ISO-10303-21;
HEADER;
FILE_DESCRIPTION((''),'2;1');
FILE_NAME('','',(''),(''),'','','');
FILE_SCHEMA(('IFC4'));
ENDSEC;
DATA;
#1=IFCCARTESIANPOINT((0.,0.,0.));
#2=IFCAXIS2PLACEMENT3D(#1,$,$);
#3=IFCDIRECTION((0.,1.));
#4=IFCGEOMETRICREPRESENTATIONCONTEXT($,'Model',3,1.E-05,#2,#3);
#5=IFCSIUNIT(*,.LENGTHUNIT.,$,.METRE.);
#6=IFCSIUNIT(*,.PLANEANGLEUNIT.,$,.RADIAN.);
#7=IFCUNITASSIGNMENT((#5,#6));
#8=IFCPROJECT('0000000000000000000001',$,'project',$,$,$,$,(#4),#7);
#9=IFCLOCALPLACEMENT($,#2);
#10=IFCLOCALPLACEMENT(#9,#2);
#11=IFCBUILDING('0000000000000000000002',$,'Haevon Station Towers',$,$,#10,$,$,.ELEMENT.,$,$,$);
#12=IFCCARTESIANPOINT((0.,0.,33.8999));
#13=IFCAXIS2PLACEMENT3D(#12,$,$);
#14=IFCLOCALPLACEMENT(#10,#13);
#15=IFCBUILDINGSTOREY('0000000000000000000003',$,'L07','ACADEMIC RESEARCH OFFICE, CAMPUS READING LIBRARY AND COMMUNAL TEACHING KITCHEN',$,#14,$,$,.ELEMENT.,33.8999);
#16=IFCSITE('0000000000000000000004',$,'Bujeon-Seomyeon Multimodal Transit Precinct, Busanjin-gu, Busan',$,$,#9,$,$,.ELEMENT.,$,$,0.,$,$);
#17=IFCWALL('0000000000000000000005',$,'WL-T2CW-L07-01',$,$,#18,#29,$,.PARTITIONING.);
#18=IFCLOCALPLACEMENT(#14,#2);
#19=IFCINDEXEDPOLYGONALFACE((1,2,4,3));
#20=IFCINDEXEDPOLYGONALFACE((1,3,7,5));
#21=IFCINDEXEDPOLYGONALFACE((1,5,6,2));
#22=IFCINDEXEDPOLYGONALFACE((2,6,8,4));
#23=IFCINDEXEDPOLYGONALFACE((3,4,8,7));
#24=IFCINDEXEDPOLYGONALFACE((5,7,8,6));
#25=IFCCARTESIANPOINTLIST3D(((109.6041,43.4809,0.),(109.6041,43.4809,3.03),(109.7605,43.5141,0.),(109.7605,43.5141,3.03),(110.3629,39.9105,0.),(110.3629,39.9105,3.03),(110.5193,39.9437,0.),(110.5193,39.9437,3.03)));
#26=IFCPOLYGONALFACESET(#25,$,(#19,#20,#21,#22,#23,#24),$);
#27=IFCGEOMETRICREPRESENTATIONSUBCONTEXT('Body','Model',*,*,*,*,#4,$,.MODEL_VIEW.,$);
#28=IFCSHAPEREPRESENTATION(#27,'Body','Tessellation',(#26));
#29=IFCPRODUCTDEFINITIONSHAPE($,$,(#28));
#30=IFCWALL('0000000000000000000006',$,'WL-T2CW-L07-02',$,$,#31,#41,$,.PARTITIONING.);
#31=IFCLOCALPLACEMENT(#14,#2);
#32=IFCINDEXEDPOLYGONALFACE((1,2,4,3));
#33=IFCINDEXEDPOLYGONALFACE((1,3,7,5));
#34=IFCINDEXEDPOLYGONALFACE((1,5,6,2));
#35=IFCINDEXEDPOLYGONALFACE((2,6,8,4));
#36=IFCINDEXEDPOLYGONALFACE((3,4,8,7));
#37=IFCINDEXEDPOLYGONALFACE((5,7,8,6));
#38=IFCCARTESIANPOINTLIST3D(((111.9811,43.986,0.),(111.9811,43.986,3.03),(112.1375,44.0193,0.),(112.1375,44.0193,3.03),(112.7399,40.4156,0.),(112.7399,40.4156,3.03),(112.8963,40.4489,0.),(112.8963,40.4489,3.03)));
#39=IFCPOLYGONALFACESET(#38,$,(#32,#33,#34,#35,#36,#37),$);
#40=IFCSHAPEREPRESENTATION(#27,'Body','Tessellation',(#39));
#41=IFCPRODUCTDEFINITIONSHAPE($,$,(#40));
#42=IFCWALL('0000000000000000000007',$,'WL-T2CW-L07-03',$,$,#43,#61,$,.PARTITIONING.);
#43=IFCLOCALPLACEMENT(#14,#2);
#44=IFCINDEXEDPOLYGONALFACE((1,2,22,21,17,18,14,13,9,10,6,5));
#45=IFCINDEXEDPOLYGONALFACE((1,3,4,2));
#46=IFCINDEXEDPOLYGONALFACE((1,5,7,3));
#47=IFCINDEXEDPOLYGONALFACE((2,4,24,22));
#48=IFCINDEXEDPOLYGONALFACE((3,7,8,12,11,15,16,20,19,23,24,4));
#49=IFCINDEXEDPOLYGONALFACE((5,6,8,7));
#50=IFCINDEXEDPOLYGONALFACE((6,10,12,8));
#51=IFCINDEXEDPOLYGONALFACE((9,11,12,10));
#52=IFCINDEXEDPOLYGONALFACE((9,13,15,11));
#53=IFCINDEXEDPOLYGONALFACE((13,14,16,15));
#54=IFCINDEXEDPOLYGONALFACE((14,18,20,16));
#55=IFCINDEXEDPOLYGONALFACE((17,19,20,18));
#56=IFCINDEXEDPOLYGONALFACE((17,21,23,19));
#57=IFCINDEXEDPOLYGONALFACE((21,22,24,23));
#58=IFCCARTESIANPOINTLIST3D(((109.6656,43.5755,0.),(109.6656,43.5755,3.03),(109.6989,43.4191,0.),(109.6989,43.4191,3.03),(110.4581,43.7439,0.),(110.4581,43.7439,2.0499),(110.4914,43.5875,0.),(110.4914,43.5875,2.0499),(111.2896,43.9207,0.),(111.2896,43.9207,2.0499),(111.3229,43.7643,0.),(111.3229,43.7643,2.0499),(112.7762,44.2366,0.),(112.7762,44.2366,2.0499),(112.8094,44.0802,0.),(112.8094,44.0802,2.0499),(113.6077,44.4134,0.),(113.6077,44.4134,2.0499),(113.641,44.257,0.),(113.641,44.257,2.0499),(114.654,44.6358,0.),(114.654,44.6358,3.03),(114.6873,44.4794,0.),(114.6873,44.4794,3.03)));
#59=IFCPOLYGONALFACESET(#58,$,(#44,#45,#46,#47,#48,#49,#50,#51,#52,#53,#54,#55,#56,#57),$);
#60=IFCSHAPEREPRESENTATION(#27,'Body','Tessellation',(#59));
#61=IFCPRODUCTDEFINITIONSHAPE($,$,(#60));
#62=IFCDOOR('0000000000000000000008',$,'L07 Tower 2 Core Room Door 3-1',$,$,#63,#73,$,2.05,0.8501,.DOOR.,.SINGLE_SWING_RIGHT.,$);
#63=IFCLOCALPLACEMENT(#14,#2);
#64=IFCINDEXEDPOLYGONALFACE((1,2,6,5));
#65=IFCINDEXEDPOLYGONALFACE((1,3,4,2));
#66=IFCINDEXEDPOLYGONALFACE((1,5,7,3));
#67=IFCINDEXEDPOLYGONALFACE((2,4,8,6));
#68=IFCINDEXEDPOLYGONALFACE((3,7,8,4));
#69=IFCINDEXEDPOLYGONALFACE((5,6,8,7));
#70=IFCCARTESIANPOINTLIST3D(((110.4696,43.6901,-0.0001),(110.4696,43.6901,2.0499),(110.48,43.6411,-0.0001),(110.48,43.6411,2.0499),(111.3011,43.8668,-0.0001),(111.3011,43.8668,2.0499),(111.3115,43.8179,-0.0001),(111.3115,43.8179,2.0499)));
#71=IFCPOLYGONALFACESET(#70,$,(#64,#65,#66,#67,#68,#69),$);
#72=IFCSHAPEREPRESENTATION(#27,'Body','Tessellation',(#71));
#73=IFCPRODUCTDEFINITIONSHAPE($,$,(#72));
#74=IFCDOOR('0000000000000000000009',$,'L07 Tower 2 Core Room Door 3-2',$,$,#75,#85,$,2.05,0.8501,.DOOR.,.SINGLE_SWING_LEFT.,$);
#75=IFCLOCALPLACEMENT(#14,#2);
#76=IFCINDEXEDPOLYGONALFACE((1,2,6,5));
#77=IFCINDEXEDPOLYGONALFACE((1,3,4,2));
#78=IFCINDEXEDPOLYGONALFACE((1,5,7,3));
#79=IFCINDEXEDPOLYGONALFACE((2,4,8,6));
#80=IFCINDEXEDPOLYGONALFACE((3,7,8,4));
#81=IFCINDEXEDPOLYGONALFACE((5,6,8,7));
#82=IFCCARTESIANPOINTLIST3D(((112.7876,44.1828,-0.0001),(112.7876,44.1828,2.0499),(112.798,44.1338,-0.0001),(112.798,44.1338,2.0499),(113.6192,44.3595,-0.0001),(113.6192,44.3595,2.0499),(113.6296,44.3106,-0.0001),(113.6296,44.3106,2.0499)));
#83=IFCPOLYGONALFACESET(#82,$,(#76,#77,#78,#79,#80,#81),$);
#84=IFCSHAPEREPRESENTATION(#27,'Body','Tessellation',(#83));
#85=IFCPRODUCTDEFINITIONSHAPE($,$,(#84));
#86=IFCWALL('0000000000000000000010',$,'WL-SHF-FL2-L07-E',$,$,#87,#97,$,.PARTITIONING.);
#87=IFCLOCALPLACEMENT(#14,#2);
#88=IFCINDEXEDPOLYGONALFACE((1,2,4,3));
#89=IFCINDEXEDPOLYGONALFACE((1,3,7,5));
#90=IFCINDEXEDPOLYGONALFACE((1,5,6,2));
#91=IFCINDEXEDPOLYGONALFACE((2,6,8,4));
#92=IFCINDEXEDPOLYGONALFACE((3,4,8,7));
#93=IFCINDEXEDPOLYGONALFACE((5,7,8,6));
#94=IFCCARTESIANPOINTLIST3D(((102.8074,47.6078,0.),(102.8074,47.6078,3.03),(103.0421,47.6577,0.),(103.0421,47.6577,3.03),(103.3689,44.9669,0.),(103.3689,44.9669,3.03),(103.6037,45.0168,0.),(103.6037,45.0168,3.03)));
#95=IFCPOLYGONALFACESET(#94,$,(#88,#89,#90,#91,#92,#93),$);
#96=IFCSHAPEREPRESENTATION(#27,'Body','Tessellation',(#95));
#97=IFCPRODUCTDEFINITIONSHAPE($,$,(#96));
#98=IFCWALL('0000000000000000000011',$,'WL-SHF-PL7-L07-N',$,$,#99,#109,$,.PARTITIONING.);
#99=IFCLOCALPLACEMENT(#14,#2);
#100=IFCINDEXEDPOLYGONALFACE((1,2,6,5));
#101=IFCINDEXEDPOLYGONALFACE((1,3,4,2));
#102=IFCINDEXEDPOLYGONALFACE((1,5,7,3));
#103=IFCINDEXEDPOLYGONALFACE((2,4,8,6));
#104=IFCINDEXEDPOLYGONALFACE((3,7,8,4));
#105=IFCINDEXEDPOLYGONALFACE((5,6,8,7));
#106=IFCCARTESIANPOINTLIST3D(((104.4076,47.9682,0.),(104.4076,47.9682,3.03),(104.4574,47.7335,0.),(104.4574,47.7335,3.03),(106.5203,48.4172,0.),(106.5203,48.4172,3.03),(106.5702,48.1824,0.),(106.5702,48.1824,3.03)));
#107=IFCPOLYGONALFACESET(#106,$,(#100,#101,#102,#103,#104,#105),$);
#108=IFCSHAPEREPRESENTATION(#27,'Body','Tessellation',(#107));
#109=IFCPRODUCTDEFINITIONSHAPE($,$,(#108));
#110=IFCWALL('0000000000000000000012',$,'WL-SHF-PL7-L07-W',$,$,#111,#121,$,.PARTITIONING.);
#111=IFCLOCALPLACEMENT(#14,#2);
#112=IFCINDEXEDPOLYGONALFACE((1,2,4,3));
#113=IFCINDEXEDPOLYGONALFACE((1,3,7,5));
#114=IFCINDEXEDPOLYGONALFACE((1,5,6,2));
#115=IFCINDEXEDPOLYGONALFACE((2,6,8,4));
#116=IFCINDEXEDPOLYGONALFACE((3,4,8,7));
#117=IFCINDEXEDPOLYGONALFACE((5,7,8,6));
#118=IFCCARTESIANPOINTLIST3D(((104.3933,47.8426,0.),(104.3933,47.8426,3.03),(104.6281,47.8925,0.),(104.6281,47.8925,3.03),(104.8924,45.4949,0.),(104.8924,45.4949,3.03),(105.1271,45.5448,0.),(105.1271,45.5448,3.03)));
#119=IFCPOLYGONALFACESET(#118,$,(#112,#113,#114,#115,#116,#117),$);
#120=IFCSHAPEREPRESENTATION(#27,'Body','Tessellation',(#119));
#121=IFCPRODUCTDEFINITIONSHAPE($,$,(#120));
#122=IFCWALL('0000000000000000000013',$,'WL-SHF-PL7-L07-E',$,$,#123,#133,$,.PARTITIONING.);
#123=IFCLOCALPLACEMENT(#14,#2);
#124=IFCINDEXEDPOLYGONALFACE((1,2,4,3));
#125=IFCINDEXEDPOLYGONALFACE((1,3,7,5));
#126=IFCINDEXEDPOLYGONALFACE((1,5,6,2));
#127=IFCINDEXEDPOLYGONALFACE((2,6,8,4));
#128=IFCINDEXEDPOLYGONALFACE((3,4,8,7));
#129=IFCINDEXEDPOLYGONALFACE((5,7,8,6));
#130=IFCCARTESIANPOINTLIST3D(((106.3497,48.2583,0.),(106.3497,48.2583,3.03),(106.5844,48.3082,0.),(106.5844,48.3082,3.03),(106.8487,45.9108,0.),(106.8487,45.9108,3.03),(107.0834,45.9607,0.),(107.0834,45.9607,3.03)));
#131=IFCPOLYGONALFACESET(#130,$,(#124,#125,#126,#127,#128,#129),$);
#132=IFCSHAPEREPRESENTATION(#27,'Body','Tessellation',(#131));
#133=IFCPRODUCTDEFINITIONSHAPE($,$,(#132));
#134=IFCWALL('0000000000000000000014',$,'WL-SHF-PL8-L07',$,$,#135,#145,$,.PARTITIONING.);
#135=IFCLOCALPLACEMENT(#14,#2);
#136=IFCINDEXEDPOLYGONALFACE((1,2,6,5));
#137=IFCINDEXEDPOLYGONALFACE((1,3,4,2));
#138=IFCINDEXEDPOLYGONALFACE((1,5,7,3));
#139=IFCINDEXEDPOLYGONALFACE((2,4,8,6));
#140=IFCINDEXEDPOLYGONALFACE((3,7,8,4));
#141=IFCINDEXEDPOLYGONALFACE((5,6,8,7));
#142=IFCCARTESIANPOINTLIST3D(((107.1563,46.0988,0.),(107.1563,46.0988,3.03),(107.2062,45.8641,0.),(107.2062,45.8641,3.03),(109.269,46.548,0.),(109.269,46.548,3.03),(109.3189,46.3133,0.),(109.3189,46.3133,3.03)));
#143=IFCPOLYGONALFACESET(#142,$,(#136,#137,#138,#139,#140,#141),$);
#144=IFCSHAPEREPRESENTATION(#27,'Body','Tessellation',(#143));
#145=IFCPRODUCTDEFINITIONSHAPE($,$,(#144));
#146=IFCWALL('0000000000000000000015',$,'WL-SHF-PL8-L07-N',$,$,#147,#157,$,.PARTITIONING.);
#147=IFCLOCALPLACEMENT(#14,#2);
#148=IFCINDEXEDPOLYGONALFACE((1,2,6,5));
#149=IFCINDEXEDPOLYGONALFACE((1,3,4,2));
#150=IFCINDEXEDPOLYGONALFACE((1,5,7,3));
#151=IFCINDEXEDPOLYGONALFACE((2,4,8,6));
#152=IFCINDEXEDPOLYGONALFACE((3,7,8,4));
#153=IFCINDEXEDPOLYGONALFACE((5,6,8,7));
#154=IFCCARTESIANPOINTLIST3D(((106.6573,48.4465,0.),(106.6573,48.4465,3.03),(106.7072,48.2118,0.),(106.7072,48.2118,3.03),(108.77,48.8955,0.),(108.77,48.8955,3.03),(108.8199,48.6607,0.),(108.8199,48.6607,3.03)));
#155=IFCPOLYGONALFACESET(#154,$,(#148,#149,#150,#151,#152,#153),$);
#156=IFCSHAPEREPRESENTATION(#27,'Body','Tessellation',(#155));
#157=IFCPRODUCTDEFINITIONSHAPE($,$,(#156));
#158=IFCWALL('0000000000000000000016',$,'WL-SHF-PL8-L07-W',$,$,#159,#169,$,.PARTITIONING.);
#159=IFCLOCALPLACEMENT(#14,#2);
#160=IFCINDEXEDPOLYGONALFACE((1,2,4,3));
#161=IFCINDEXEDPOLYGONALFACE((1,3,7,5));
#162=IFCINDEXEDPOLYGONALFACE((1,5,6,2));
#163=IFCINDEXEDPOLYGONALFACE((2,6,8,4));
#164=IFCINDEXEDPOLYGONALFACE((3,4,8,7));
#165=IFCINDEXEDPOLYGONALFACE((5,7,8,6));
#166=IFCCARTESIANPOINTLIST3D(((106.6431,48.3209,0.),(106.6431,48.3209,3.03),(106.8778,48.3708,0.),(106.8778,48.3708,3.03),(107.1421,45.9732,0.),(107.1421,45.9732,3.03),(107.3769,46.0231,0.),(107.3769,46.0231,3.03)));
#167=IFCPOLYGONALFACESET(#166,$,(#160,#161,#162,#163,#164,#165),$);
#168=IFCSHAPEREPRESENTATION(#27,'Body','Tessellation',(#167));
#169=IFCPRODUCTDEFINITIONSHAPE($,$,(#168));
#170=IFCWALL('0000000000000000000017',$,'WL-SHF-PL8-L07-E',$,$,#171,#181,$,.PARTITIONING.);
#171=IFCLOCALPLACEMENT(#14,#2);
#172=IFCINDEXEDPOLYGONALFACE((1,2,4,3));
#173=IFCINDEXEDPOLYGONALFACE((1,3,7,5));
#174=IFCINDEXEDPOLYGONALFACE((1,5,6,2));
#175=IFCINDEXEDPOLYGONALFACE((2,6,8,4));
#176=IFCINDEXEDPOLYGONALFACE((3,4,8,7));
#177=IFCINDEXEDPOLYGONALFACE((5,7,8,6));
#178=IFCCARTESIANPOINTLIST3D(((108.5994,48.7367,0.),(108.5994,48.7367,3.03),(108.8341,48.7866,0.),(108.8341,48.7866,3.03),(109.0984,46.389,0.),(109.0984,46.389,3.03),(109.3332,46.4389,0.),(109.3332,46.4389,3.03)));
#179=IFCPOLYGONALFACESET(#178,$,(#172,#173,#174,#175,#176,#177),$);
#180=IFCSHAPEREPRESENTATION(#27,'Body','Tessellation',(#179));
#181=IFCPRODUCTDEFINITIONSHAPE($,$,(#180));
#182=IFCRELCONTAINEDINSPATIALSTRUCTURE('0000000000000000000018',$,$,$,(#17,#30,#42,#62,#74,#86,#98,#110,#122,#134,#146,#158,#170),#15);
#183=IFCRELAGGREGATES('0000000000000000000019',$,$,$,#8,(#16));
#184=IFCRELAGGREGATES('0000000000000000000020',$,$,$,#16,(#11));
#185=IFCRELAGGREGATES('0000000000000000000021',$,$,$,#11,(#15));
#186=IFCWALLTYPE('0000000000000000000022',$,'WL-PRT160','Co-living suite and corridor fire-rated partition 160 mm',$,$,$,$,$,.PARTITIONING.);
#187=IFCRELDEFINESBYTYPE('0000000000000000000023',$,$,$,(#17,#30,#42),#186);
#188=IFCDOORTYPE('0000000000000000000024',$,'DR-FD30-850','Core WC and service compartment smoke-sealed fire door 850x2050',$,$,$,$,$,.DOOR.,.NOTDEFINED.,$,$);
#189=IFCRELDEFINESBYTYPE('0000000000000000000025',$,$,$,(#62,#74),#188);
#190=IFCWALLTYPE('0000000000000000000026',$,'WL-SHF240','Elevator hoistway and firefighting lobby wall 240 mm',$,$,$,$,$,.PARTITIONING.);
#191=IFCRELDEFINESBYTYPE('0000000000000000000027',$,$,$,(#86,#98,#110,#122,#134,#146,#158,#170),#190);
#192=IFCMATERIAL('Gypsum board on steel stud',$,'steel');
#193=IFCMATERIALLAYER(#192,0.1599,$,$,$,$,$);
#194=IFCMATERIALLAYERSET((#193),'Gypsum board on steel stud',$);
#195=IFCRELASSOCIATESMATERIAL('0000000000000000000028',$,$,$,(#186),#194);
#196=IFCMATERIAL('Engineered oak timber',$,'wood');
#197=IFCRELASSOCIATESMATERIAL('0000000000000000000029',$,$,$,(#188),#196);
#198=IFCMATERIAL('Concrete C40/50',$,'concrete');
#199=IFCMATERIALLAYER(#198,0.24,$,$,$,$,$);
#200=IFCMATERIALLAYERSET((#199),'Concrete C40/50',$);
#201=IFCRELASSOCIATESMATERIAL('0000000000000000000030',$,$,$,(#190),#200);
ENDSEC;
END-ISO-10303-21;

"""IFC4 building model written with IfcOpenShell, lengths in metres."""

from ifc_helpers import new_model, si_unit, direction, frame, frame_2d, origin, place, context, subcontext, project, spatial, rectangle, extrude, material, layer, layer_set, type_object, element, fill, save


model = new_model("IFC4")

# Units and contexts
model_context = context("Model", 3, precision=1e-05, world=origin(), true_north=direction((0.0, 1.0)))
body_context = subcontext(model_context, "Body", "Model", "MODEL_VIEW")
ifc_project = project(units=[si_unit("LENGTHUNIT", "METRE"), si_unit("PLANEANGLEUNIT", "RADIAN")], contexts=[model_context])

# Site, building, storey
site_placement = place(None, origin())
site = spatial("IfcSite", under=ifc_project, at=site_placement, Name="Bujeon-Seomyeon Multimodal Transit Precinct, Busanjin-gu, Busan", CompositionType="ELEMENT", RefElevation=0.0)
building_placement = place(site_placement, origin())
building = spatial("IfcBuilding", under=site, at=building_placement, Name="Haevon Station Towers", CompositionType="ELEMENT")
storey_placement = place(building_placement, frame((0.0, 0.0, 33.8999)))
storey = spatial("IfcBuildingStorey", under=building, at=storey_placement, Name="L07", Description="ACADEMIC RESEARCH OFFICE, CAMPUS READING LIBRARY AND COMMUNAL TEACHING KITCHEN", CompositionType="ELEMENT", Elevation=33.8999)

# Shared definitions
ifc_material_1 = material(Name="Gypsum board on steel stud", Category="steel")
ifc_material_2 = material(Name="Engineered oak timber", Category="wood")

# Walls
ifc_layer_1 = layer(ifc_material_1, 0.1599)
ifc_layer_set_1 = layer_set([ifc_layer_1], Name="Gypsum board on steel stud")
wall_type_1 = type_object("IfcWallType", Name="WL-PRT160", Description="Co-living suite and corridor fire-rated partition 160 mm", PredefinedType="PARTITIONING", material=ifc_layer_set_1)
for number, where, z_axis, x_axis, name in (
    (1, (110.4412, 39.927, 0.0), (0.0, 0.0, 1.0), (-0.207884, 0.978153, 0.0), "WL-T2CW-L07-01"),
    (2, (112.8181, 40.4321, 0.0), (0.0, 0.0, 1.0), (-0.207884, 0.978153, 0.0), "WL-T2CW-L07-02"),
):
    element("IfcWall", number, at=place(storey_placement, frame(where, z_axis=z_axis, x_axis=x_axis)), inside=storey, type_object=wall_type_1, Name=name, PredefinedType="PARTITIONING", context=body_context, shape_type="SweptSolid", body=[
        extrude(rectangle(XDim=3.6501, YDim=0.1599, at=frame_2d((1.8252, 0.0))), origin(), (0.0, 0.0, 1.0), 3.03),
    ])

# Wall, openings, doors
wall_1_placement = place(storey_placement, frame((109.6824, 43.4973, 0.0), z_axis=(0.0, 0.0, 1.0), x_axis=(0.978149, 0.207904, 0.0)))
wall_1 = element("IfcWall", 3, at=wall_1_placement, inside=storey, type_object=wall_type_1, Name="WL-T2CW-L07-03", PredefinedType="PARTITIONING", context=body_context, shape_type="SweptSolid", body=[
    extrude(rectangle(XDim=5.0999, YDim=0.1599, at=frame_2d((2.5498, 0.0))), origin(), (0.0, 0.0, 1.0), 3.03),
])
opening_1_placement = place(wall_1_placement, frame((0.8101, 0.0, 0.0)))
opening_1 = element("IfcOpeningElement", 4, at=opening_1_placement, cuts=wall_1, PredefinedType="OPENING", context=body_context, shape_type="SweptSolid", body=[
    extrude(rectangle(XDim=0.8501, YDim=2.05, at=frame_2d((0.425, 1.0249))), frame((0.0, 0.0898, 0.0), z_axis=(0.0, -1.0, 0.0), x_axis=(1.0, 0.0, 0.0)), (0.0, 0.0, 1.0), 0.1799),
])
opening_2_placement = place(wall_1_placement, frame((3.1799, 0.0, 0.0)))
opening_2 = element("IfcOpeningElement", 5, at=opening_2_placement, cuts=wall_1, PredefinedType="OPENING", context=body_context, shape_type="SweptSolid", body=[
    extrude(rectangle(XDim=0.8501, YDim=2.05, at=frame_2d((0.425, 1.0249))), frame((0.0, 0.0898, 0.0), z_axis=(0.0, -1.0, 0.0), x_axis=(1.0, 0.0, 0.0)), (0.0, 0.0, 1.0), 0.1799),
])
door_type_1 = type_object("IfcDoorType", Name="DR-FD30-850", Description="Core WC and service compartment smoke-sealed fire door 850x2050", OperationType="NOTDEFINED", PredefinedType="DOOR", material=ifc_material_2)
door_1_placement = place(opening_1_placement, origin())
door_1 = element("IfcDoor", 6, at=door_1_placement, inside=storey, type_object=door_type_1, Name="L07 Tower 2 Core Room Door 3-1", OperationType="SINGLE_SWING_RIGHT", OverallHeight=2.05, OverallWidth=0.8501, PredefinedType="DOOR", context=body_context, shape_type="SweptSolid", body=[
    extrude(rectangle(XDim=0.8501, YDim=2.05, at=frame_2d((0.425, 1.0249))), frame((0.0, 0.0249, 0.0), z_axis=(0.0, -1.0, 0.0), x_axis=(1.0, 0.0, 0.0)), (0.0, 0.0, 1.0), 0.05),
])
fill(opening_1, door_1)
door_2_placement = place(opening_2_placement, origin())
door_2 = element("IfcDoor", 7, at=door_2_placement, inside=storey, type_object=door_type_1, Name="L07 Tower 2 Core Room Door 3-2", OperationType="SINGLE_SWING_LEFT", OverallHeight=2.05, OverallWidth=0.8501, PredefinedType="DOOR", context=body_context, shape_type="SweptSolid", body=[
    extrude(rectangle(XDim=0.8501, YDim=2.05, at=frame_2d((0.425, 1.0249))), frame((0.0, 0.0249, 0.0), z_axis=(0.0, -1.0, 0.0), x_axis=(1.0, 0.0, 0.0)), (0.0, 0.0, 1.0), 0.05),
])
fill(opening_2, door_2)

# Wall
ifc_material_3 = material(Name="Concrete C40/50", Category="concrete")
ifc_layer_2 = layer(ifc_material_3, 0.24)
ifc_layer_set_2 = layer_set([ifc_layer_2], Name="Concrete C40/50")
wall_type_2 = type_object("IfcWallType", Name="WL-SHF240", Description="Elevator hoistway and firefighting lobby wall 240 mm", PredefinedType="PARTITIONING", material=ifc_layer_set_2)
wall_2_placement = place(storey_placement, frame((103.4863, 44.9917, 0.0), z_axis=(0.0, 0.0, 1.0), x_axis=(-0.207979, 0.978133, 0.0)))
element("IfcWall", 8, at=wall_2_placement, inside=storey, type_object=wall_type_2, Name="WL-SHF-FL2-L07-E", PredefinedType="PARTITIONING", context=body_context, shape_type="SweptSolid", body=[
    extrude(rectangle(XDim=2.7, YDim=0.24, at=frame_2d((1.3501, 0.0))), origin(), (0.0, 0.0, 1.0), 3.03),
])

# Walls
wall_3_placement = place(storey_placement, frame((104.4324, 47.8508, 0.0), z_axis=(0.0, 0.0, 1.0), x_axis=(0.978158, 0.207861, 0.0)))
element("IfcWall", 9, at=wall_3_placement, inside=storey, type_object=wall_type_2, Name="WL-SHF-PL7-L07-N", PredefinedType="PARTITIONING", context=body_context, shape_type="SweptSolid", body=[
    extrude(rectangle(XDim=2.1599, YDim=0.24, at=frame_2d((1.0801, 0.0))), origin(), (0.0, 0.0, 1.0), 3.03),
])
wall_4_placement = place(storey_placement, frame((105.0098, 45.5198, 0.0), z_axis=(0.0, 0.0, 1.0), x_axis=(-0.207917, 0.978146, 0.0)))
element("IfcWall", 10, at=wall_4_placement, inside=storey, type_object=wall_type_2, Name="WL-SHF-PL7-L07-W", PredefinedType="PARTITIONING", context=body_context, shape_type="SweptSolid", body=[
    extrude(rectangle(XDim=2.4001, YDim=0.24, at=frame_2d((1.2002, 0.0))), origin(), (0.0, 0.0, 1.0), 3.03),
])
wall_5_placement = place(storey_placement, frame((106.9661, 45.9358, 0.0), z_axis=(0.0, 0.0, 1.0), x_axis=(-0.207938, 0.978142, 0.0)))
element("IfcWall", 11, at=wall_5_placement, inside=storey, type_object=wall_type_2, Name="WL-SHF-PL7-L07-E", PredefinedType="PARTITIONING", context=body_context, shape_type="SweptSolid", body=[
    extrude(rectangle(XDim=2.3999, YDim=0.24, at=frame_2d((1.2, 0.0))), origin(), (0.0, 0.0, 1.0), 3.03),
])
for number, where, z_axis, x_axis, name in (
    (12, (107.1812, 45.9814, 0.0), (0.0, 0.0, 1.0), (0.978135, 0.20797, 0.0), "WL-SHF-PL8-L07"),
    (13, (106.6821, 48.3291, 0.0), (0.0, 0.0, 1.0), (0.978158, 0.207861, 0.0), "WL-SHF-PL8-L07-N"),
):
    element("IfcWall", number, at=place(storey_placement, frame(where, z_axis=z_axis, x_axis=x_axis)), inside=storey, type_object=wall_type_2, Name=name, PredefinedType="PARTITIONING", context=body_context, shape_type="SweptSolid", body=[
        extrude(rectangle(XDim=2.1599, YDim=0.24, at=frame_2d((1.0801, 0.0))), origin(), (0.0, 0.0, 1.0), 3.03),
    ])
for number, where, z_axis, x_axis, name in (
    (14, (107.2595, 45.998, 0.0), (0.0, 0.0, 1.0), (-0.207917, 0.978146, 0.0), "WL-SHF-PL8-L07-W"),
    (15, (109.2158, 46.4138, 0.0), (0.0, 0.0, 1.0), (-0.207917, 0.978146, 0.0), "WL-SHF-PL8-L07-E"),
):
    element("IfcWall", number, at=place(storey_placement, frame(where, z_axis=z_axis, x_axis=x_axis)), inside=storey, type_object=wall_type_2, Name=name, PredefinedType="PARTITIONING", context=body_context, shape_type="SweptSolid", body=[
        extrude(rectangle(XDim=2.4001, YDim=0.24, at=frame_2d((1.2002, 0.0))), origin(), (0.0, 0.0, 1.0), 3.03),
    ])

save(model, "model.ifc")
